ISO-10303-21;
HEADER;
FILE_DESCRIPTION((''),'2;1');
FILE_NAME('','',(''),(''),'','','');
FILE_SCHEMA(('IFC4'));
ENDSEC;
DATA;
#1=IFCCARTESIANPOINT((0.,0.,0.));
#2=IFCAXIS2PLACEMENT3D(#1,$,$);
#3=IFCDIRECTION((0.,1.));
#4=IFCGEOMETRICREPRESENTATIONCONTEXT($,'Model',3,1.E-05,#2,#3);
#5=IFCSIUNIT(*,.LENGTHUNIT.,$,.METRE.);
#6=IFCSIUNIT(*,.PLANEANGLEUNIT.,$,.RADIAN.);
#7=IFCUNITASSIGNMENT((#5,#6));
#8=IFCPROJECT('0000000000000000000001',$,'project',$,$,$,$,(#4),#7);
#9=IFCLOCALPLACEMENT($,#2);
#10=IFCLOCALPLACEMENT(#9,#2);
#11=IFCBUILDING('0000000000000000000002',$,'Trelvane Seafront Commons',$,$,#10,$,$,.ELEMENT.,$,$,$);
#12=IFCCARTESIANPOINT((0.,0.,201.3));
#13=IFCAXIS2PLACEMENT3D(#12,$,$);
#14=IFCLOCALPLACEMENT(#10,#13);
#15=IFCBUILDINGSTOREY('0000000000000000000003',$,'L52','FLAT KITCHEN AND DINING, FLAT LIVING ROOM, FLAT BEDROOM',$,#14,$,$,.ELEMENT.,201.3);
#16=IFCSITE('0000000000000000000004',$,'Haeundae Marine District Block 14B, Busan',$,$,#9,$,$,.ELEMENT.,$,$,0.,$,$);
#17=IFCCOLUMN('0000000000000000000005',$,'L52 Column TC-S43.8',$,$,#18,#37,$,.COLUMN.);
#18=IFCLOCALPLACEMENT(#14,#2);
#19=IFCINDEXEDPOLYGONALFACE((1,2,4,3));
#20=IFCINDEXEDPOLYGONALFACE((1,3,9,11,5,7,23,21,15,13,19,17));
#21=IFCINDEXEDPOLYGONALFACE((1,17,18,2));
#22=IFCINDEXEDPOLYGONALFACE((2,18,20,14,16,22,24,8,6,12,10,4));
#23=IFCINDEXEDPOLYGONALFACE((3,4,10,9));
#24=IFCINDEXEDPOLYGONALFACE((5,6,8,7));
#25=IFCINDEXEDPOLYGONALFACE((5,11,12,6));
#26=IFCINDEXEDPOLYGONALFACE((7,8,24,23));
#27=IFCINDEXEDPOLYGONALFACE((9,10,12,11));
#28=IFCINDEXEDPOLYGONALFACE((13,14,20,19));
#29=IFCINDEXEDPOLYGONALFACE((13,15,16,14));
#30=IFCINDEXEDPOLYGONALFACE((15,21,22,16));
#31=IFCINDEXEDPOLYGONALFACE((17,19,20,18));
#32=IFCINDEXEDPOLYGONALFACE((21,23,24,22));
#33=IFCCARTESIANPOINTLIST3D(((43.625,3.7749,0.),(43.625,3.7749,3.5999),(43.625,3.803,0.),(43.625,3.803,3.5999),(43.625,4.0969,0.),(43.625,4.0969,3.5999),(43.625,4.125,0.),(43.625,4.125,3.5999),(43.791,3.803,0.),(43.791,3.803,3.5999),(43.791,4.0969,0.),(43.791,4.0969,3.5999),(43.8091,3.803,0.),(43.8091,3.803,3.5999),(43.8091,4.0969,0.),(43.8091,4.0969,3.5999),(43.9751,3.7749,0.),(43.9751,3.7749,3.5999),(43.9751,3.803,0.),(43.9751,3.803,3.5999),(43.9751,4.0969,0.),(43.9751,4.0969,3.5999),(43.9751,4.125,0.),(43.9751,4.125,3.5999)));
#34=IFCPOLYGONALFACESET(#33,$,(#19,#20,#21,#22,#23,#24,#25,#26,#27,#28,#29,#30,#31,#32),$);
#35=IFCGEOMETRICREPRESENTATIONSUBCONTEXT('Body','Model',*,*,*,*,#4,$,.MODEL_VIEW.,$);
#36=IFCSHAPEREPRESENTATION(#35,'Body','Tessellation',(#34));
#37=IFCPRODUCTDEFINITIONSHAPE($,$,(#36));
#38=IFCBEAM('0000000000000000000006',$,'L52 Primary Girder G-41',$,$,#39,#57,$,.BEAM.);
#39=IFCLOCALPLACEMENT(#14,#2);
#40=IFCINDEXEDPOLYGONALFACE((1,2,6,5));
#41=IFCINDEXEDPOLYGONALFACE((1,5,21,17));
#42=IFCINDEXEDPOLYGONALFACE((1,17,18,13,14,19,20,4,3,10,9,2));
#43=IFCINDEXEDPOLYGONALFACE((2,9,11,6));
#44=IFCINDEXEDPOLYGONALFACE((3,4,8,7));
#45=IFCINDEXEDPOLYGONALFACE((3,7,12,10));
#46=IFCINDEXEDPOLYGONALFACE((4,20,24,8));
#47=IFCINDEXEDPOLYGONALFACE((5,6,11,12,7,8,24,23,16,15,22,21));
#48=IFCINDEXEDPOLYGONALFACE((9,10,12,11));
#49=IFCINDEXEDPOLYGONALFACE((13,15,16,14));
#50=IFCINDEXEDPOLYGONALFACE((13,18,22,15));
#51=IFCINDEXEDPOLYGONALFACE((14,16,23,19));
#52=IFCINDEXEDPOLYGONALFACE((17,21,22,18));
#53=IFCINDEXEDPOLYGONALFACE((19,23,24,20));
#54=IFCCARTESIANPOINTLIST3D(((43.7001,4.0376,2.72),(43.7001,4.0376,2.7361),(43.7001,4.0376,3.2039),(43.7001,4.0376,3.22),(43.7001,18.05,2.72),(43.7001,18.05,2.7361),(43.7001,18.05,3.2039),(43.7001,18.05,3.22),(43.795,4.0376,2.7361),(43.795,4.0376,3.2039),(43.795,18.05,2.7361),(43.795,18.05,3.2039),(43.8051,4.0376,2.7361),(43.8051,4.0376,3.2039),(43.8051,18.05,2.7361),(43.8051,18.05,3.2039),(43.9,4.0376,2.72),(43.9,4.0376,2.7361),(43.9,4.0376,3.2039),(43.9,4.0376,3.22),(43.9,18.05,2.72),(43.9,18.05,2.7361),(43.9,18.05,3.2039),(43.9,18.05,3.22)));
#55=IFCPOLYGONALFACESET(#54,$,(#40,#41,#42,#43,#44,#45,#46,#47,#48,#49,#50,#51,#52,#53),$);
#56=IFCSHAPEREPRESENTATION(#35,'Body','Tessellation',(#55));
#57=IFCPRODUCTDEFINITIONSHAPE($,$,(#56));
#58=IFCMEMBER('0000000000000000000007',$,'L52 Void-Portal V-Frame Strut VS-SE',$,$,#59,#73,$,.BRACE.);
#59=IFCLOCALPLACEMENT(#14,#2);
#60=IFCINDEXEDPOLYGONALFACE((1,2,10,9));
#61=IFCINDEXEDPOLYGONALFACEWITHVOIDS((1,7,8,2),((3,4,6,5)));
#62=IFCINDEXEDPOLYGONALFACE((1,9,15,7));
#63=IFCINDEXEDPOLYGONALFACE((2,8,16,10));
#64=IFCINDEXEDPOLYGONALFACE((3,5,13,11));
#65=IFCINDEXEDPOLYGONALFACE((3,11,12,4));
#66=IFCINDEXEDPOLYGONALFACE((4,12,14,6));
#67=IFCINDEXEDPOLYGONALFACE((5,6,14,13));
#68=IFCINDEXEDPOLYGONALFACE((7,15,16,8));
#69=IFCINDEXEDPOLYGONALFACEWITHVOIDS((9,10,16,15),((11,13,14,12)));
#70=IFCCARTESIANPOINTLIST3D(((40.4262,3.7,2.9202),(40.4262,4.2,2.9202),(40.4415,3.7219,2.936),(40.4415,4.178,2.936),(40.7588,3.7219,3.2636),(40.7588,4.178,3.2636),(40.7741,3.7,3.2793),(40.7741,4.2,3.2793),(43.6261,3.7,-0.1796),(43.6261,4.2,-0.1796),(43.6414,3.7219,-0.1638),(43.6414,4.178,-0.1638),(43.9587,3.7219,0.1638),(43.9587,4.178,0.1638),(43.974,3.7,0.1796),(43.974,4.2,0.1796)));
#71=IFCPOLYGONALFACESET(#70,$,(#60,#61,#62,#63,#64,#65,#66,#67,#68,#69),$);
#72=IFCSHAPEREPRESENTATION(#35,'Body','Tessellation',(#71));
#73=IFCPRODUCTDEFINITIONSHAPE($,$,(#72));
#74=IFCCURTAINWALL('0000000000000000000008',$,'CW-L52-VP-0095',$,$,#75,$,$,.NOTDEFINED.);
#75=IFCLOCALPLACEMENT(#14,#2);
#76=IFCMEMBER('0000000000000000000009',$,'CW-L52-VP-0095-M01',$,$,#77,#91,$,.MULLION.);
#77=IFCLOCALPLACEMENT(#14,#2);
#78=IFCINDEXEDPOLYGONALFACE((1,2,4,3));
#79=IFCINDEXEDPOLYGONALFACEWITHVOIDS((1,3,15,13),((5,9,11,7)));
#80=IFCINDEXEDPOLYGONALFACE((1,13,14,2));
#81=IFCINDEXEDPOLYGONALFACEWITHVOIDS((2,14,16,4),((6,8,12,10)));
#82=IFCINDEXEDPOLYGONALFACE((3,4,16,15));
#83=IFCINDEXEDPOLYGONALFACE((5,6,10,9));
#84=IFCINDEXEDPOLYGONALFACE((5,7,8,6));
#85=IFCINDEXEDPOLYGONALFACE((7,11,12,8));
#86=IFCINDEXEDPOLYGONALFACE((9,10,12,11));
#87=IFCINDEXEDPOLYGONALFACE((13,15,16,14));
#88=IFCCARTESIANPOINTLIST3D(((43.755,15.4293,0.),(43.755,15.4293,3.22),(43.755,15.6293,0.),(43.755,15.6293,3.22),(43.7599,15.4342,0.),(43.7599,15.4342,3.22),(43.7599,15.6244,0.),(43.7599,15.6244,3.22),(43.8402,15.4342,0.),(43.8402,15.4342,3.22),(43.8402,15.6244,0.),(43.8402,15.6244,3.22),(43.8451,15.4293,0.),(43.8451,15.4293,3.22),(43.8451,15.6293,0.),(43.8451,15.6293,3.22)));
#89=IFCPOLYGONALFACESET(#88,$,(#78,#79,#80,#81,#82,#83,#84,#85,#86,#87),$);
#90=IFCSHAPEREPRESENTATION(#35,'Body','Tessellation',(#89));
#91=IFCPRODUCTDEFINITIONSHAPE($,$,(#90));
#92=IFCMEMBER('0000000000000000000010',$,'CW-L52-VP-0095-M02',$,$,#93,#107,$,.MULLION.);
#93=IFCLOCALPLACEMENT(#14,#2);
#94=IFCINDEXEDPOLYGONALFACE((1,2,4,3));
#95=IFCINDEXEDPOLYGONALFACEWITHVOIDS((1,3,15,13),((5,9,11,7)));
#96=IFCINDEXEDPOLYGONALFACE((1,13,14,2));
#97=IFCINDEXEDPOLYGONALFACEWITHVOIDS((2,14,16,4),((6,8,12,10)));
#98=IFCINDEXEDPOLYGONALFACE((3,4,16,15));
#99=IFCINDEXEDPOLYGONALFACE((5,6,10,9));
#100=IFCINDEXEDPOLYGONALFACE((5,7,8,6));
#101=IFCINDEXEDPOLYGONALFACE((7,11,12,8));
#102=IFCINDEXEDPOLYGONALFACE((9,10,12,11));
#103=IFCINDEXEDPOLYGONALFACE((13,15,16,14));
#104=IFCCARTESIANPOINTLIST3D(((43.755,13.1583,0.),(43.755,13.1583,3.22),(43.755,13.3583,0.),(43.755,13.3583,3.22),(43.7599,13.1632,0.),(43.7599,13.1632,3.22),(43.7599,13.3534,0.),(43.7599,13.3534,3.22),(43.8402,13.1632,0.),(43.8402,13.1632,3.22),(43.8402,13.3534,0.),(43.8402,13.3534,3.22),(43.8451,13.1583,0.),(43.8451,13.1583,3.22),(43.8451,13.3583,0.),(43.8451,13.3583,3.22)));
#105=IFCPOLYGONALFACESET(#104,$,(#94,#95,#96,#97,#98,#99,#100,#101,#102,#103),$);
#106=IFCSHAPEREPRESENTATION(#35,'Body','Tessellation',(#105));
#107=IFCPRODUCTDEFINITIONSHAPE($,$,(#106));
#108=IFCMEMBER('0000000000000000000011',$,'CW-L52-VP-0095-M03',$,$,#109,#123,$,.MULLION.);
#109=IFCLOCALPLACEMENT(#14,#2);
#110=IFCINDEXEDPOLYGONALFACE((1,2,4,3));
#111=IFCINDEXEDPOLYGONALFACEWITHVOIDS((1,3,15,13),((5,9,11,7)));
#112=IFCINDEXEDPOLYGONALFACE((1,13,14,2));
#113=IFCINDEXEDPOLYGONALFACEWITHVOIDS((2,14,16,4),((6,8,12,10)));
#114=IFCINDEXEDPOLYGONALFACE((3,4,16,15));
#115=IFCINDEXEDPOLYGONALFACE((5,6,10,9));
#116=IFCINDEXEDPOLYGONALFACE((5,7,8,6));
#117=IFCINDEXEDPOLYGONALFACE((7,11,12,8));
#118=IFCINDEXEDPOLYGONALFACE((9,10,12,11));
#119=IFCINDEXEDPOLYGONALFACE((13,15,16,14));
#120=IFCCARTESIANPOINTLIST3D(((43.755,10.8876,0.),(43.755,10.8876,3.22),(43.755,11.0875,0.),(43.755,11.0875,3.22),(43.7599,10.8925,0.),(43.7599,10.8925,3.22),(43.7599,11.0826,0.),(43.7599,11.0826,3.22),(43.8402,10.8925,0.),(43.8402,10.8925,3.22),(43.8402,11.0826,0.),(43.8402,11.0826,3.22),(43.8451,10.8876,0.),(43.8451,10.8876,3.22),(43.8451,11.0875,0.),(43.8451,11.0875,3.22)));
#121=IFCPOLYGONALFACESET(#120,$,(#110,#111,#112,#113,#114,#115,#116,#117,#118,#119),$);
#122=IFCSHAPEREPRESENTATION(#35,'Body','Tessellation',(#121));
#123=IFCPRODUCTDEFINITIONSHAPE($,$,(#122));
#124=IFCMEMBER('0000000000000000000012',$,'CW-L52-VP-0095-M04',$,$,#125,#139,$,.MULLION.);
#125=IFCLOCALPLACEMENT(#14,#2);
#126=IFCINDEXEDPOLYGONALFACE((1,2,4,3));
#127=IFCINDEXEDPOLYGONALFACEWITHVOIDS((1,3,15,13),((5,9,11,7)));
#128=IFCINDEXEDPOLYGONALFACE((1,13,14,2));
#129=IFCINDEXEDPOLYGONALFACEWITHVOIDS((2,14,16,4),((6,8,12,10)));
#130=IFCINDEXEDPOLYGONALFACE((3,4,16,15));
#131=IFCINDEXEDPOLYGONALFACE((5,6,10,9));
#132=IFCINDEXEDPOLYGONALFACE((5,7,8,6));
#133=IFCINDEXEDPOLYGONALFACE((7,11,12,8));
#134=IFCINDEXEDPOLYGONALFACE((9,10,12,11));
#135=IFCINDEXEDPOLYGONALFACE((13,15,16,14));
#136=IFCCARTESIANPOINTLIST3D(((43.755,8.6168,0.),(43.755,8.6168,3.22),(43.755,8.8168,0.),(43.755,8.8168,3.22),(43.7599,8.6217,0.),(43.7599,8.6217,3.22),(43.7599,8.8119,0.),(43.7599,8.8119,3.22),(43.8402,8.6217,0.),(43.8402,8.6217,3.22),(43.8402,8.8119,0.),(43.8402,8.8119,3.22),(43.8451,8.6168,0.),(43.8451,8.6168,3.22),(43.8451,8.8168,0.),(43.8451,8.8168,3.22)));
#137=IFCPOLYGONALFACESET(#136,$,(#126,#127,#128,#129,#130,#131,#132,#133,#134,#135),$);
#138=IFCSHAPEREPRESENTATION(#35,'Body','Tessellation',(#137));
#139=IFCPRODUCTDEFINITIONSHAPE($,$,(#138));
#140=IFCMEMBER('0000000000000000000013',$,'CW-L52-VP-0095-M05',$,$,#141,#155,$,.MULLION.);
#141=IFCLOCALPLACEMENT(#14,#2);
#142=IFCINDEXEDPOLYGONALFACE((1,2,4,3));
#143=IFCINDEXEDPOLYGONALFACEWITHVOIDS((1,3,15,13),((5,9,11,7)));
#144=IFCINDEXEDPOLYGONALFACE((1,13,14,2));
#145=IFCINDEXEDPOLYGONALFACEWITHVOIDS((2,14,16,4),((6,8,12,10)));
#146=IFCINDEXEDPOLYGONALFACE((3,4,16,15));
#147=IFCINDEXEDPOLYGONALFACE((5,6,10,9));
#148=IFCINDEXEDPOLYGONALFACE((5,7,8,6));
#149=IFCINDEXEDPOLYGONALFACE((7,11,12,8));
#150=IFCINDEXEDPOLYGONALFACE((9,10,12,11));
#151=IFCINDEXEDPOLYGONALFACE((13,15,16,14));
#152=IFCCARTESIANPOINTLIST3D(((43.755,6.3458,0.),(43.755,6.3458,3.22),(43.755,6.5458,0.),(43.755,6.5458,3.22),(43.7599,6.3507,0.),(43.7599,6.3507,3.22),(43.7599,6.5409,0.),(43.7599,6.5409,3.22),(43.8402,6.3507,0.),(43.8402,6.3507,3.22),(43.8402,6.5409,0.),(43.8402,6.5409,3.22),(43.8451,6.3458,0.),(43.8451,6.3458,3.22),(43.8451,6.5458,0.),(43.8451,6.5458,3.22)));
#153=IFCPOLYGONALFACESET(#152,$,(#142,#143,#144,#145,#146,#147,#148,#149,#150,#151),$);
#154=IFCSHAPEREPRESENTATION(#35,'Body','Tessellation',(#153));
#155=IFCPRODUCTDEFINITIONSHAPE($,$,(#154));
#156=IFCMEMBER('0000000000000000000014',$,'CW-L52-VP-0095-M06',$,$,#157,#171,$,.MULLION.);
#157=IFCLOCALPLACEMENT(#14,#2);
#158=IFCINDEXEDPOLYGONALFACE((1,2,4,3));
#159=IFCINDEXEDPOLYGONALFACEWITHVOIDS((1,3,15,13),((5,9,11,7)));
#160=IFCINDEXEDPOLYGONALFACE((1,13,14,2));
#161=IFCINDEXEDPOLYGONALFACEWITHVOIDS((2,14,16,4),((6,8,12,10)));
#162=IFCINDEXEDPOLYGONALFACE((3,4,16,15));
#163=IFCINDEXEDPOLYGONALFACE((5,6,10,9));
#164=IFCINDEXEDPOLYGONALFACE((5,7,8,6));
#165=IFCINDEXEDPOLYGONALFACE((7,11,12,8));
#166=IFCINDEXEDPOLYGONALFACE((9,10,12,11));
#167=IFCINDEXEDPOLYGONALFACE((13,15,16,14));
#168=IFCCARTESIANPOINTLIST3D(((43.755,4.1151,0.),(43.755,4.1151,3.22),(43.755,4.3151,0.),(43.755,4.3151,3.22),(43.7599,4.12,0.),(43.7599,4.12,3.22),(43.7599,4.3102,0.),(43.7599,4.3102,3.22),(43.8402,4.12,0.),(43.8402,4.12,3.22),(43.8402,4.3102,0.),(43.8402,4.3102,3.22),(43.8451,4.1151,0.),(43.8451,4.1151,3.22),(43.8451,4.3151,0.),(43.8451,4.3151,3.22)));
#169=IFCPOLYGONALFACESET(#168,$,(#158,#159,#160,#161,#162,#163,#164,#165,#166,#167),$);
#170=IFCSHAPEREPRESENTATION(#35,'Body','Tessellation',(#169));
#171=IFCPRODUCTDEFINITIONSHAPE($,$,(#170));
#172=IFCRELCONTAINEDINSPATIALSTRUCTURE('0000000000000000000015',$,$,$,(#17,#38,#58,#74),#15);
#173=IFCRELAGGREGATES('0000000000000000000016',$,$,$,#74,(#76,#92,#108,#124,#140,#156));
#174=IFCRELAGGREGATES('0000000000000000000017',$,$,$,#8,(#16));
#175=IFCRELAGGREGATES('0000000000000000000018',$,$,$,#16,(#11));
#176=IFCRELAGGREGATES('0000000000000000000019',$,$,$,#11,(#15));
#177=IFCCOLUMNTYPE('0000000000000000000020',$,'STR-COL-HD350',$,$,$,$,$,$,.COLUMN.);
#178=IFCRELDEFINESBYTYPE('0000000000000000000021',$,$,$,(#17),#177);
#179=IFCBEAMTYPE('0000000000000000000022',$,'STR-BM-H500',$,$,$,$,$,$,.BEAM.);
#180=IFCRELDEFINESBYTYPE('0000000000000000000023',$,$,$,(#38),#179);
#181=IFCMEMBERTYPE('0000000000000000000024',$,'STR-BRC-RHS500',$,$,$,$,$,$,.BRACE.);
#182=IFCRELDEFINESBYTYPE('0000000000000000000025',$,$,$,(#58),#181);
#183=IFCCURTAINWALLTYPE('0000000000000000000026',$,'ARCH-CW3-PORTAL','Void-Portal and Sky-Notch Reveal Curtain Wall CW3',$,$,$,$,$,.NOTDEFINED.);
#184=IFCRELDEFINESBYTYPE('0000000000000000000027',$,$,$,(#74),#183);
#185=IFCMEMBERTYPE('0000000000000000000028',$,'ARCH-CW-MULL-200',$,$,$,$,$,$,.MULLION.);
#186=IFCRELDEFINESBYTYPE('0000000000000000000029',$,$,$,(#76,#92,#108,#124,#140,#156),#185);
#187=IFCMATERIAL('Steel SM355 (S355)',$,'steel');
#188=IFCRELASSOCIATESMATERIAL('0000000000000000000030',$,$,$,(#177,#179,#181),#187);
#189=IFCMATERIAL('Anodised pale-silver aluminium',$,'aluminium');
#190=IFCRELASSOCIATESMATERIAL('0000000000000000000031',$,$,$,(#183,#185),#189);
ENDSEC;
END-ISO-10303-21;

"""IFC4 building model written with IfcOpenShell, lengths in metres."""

from ifc_helpers import new_model, si_unit, direction, frame, origin, origin_2d, place, context, subcontext, project, spatial, hollow_rectangle, i_section, extrude, source, transform, mapped, material, material_profile, profile_set, type_object, element, aggregate, save


model = new_model("IFC4")

# Units and contexts
model_context = context("Model", 3, precision=1e-05, world=origin(), true_north=direction((0.0, 1.0)))
body_context = subcontext(model_context, "Body", "Model", "MODEL_VIEW")
ifc_project = project(units=[si_unit("LENGTHUNIT", "METRE"), si_unit("PLANEANGLEUNIT", "RADIAN")], contexts=[model_context])

# Site, building, storey
site_placement = place(None, origin())
site = spatial("IfcSite", under=ifc_project, at=site_placement, Name="Haeundae Marine District Block 14B, Busan", CompositionType="ELEMENT", RefElevation=0.0)
building_placement = place(site_placement, origin())
building = spatial("IfcBuilding", under=site, at=building_placement, Name="Trelvane Seafront Commons", CompositionType="ELEMENT")
storey_placement = place(building_placement, frame((0.0, 0.0, 201.3)))
storey = spatial("IfcBuildingStorey", under=building, at=storey_placement, Name="L52", Description="FLAT KITCHEN AND DINING, FLAT LIVING ROOM, FLAT BEDROOM", CompositionType="ELEMENT", Elevation=201.3)

# Column
ifc_material_1 = material(Name="Steel SM355 (S355)", Category="steel")
ifc_material_profile_1 = material_profile(ifc_material_1, i_section(OverallWidth=0.3501, OverallDepth=0.3501, WebThickness=0.0181, FlangeThickness=0.0281, at=origin_2d()), Name="HD-350x350x18x28")
ifc_profile_set_1 = profile_set([ifc_material_profile_1], Name="Steel SM355 (S355)")
column_type = type_object("IfcColumnType", Name="STR-COL-HD350", PredefinedType="COLUMN", material=ifc_profile_set_1)
shared_shape_1 = source(origin(), body_context, "Body", "SweptSolid", [
    extrude(i_section(OverallWidth=0.3501, OverallDepth=0.3501, WebThickness=0.0181, FlangeThickness=0.0281, at=origin_2d()), origin(), (0.0, 0.0, 1.0), 3.5999),
])
column_placement = place(storey_placement, frame((43.8, 3.95, 0.0), z_axis=(0.0, 0.0, 1.0), x_axis=(1.0, 0.0, 0.0)))
element("IfcColumn", 1, at=column_placement, inside=storey, type_object=column_type, Name="L52 Column TC-S43.8", PredefinedType="COLUMN", context=body_context, shape_type="MappedRepresentation", body=[
    mapped(shared_shape_1, transform((0.0, 0.0, 0.0), x_axis=(1.0, 0.0, 0.0), y_axis=(0.0, 1.0, 0.0), z_axis=(0.0, 0.0, 1.0), scale=1.0)),
])

# Beam
ifc_material_profile_2 = material_profile(ifc_material_1, i_section(OverallWidth=0.2, OverallDepth=0.5, WebThickness=0.01, FlangeThickness=0.0161, at=origin_2d()), Name="H-500x200x10x16")
ifc_profile_set_2 = profile_set([ifc_material_profile_2], Name="Steel SM355 (S355)")
beam_type = type_object("IfcBeamType", Name="STR-BM-H500", PredefinedType="BEAM", material=ifc_profile_set_2)
shared_shape_2 = source(origin(), body_context, "Body", "SweptSolid", [
    extrude(i_section(OverallWidth=0.2, OverallDepth=0.5, WebThickness=0.01, FlangeThickness=0.0161, at=origin_2d()), origin(), (0.0, 0.0, 1.0), 14.0125),
])
beam_placement = place(storey_placement, frame((43.8, 4.0376, 2.97), z_axis=(0.0, 1.0, 0.0), x_axis=(-1.0, 0.0, 0.0)))
element("IfcBeam", 2, at=beam_placement, inside=storey, type_object=beam_type, Name="L52 Primary Girder G-41", PredefinedType="BEAM", context=body_context, shape_type="MappedRepresentation", body=[
    mapped(shared_shape_2, transform((0.0, 0.0, 0.0), x_axis=(1.0, 0.0, 0.0), y_axis=(0.0, 1.0, 0.0), z_axis=(0.0, 0.0, 1.0), scale=1.0)),
])

# Member
ifc_material_profile_3 = material_profile(ifc_material_1, hollow_rectangle(XDim=0.5, YDim=0.5, WallThickness=0.022, at=origin_2d()), Name="RHS-500x500x22")
ifc_profile_set_3 = profile_set([ifc_material_profile_3], Name="Steel SM355 (S355)")
member_type_1 = type_object("IfcMemberType", Name="STR-BRC-RHS500", PredefinedType="BRACE", material=ifc_profile_set_3)
shared_shape_3 = source(origin(), body_context, "Body", "SweptSolid", [
    extrude(hollow_rectangle(XDim=0.5, YDim=0.5, WallThickness=0.022, at=origin_2d()), origin(), (0.0, 0.0, 1.0), 4.4551),
])
member_1_placement = place(storey_placement, frame((43.8, 3.95, 0.0), z_axis=(-0.718251, 0.0, 0.695784), x_axis=(0.0, -1.0, 0.0)))
element("IfcMember", 3, at=member_1_placement, inside=storey, type_object=member_type_1, Name="L52 Void-Portal V-Frame Strut VS-SE", PredefinedType="BRACE", context=body_context, shape_type="MappedRepresentation", body=[
    mapped(shared_shape_3, transform((0.0, 0.0, 0.0), x_axis=(1.0, 0.0, 0.0), y_axis=(0.0, 1.0, 0.0), z_axis=(0.0, 0.0, 1.0), scale=1.0)),
])

# Curtain wall, members
ifc_material_2 = material(Name="Anodised pale-silver aluminium", Category="aluminium")
curtain_wall_type = type_object("IfcCurtainWallType", Name="ARCH-CW3-PORTAL", Description="Void-Portal and Sky-Notch Reveal Curtain Wall CW3", PredefinedType="NOTDEFINED", material=ifc_material_2)
curtain_wall_placement = place(storey_placement, origin())
curtain_wall = element("IfcCurtainWall", 4, at=curtain_wall_placement, inside=storey, type_object=curtain_wall_type, Name="CW-L52-VP-0095", PredefinedType="NOTDEFINED")
ifc_material_profile_4 = material_profile(ifc_material_2, hollow_rectangle(XDim=0.0901, YDim=0.2, WallThickness=0.0049, at=origin_2d()), Name="MULL-90x200x5")
ifc_profile_set_4 = profile_set([ifc_material_profile_4], Name="Anodised pale-silver aluminium")
member_type_2 = type_object("IfcMemberType", Name="ARCH-CW-MULL-200", PredefinedType="MULLION", material=ifc_profile_set_4)
shared_shape_4 = source(origin(), body_context, "Body", "SweptSolid", [
    extrude(hollow_rectangle(XDim=0.0901, YDim=0.2, WallThickness=0.0049, at=origin_2d()), origin(), (0.0, 0.0, 1.0), 3.22),
])
member_2_placement = place(storey_placement, frame((43.8, 15.5293, 0.0), z_axis=(0.0, 0.0, 1.0), x_axis=(1.0, 0.0, 0.0)))
member_2 = element("IfcMember", 5, at=member_2_placement, type_object=member_type_2, Name="CW-L52-VP-0095-M01", PredefinedType="MULLION", context=body_context, shape_type="MappedRepresentation", body=[
    mapped(shared_shape_4, transform((0.0, 0.0, 0.0), x_axis=(1.0, 0.0, 0.0), y_axis=(0.0, 1.0, 0.0), z_axis=(0.0, 0.0, 1.0), scale=1.0)),
])
member_3_placement = place(storey_placement, frame((43.8, 13.2583, 0.0), z_axis=(0.0, 0.0, 1.0), x_axis=(1.0, 0.0, 0.0)))
member_3 = element("IfcMember", 6, at=member_3_placement, type_object=member_type_2, Name="CW-L52-VP-0095-M02", PredefinedType="MULLION", context=body_context, shape_type="MappedRepresentation", body=[
    mapped(shared_shape_4, transform((0.0, 0.0, 0.0), x_axis=(1.0, 0.0, 0.0), y_axis=(0.0, 1.0, 0.0), z_axis=(0.0, 0.0, 1.0), scale=1.0)),
])
member_4_placement = place(storey_placement, frame((43.8, 10.9875, 0.0), z_axis=(0.0, 0.0, 1.0), x_axis=(1.0, 0.0, 0.0)))
member_4 = element("IfcMember", 7, at=member_4_placement, type_object=member_type_2, Name="CW-L52-VP-0095-M03", PredefinedType="MULLION", context=body_context, shape_type="MappedRepresentation", body=[
    mapped(shared_shape_4, transform((0.0, 0.0, 0.0), x_axis=(1.0, 0.0, 0.0), y_axis=(0.0, 1.0, 0.0), z_axis=(0.0, 0.0, 1.0), scale=1.0)),
])
member_5_placement = place(storey_placement, frame((43.8, 8.7168, 0.0), z_axis=(0.0, 0.0, 1.0), x_axis=(1.0, 0.0, 0.0)))
member_5 = element("IfcMember", 8, at=member_5_placement, type_object=member_type_2, Name="CW-L52-VP-0095-M04", PredefinedType="MULLION", context=body_context, shape_type="MappedRepresentation", body=[
    mapped(shared_shape_4, transform((0.0, 0.0, 0.0), x_axis=(1.0, 0.0, 0.0), y_axis=(0.0, 1.0, 0.0), z_axis=(0.0, 0.0, 1.0), scale=1.0)),
])
member_6_placement = place(storey_placement, frame((43.8, 6.4458, 0.0), z_axis=(0.0, 0.0, 1.0), x_axis=(1.0, 0.0, 0.0)))
member_6 = element("IfcMember", 9, at=member_6_placement, type_object=member_type_2, Name="CW-L52-VP-0095-M05", PredefinedType="MULLION", context=body_context, shape_type="MappedRepresentation", body=[
    mapped(shared_shape_4, transform((0.0, 0.0, 0.0), x_axis=(1.0, 0.0, 0.0), y_axis=(0.0, 1.0, 0.0), z_axis=(0.0, 0.0, 1.0), scale=1.0)),
])
member_7_placement = place(storey_placement, frame((43.8, 4.2151, 0.0), z_axis=(0.0, 0.0, 1.0), x_axis=(1.0, 0.0, 0.0)))
member_7 = element("IfcMember", 10, at=member_7_placement, type_object=member_type_2, Name="CW-L52-VP-0095-M06", PredefinedType="MULLION", context=body_context, shape_type="MappedRepresentation", body=[
    mapped(shared_shape_4, transform((0.0, 0.0, 0.0), x_axis=(1.0, 0.0, 0.0), y_axis=(0.0, 1.0, 0.0), z_axis=(0.0, 0.0, 1.0), scale=1.0)),
])

aggregate(curtain_wall, [member_2, member_3, member_4, member_5, member_6, member_7])

save(model, "model.ifc")
